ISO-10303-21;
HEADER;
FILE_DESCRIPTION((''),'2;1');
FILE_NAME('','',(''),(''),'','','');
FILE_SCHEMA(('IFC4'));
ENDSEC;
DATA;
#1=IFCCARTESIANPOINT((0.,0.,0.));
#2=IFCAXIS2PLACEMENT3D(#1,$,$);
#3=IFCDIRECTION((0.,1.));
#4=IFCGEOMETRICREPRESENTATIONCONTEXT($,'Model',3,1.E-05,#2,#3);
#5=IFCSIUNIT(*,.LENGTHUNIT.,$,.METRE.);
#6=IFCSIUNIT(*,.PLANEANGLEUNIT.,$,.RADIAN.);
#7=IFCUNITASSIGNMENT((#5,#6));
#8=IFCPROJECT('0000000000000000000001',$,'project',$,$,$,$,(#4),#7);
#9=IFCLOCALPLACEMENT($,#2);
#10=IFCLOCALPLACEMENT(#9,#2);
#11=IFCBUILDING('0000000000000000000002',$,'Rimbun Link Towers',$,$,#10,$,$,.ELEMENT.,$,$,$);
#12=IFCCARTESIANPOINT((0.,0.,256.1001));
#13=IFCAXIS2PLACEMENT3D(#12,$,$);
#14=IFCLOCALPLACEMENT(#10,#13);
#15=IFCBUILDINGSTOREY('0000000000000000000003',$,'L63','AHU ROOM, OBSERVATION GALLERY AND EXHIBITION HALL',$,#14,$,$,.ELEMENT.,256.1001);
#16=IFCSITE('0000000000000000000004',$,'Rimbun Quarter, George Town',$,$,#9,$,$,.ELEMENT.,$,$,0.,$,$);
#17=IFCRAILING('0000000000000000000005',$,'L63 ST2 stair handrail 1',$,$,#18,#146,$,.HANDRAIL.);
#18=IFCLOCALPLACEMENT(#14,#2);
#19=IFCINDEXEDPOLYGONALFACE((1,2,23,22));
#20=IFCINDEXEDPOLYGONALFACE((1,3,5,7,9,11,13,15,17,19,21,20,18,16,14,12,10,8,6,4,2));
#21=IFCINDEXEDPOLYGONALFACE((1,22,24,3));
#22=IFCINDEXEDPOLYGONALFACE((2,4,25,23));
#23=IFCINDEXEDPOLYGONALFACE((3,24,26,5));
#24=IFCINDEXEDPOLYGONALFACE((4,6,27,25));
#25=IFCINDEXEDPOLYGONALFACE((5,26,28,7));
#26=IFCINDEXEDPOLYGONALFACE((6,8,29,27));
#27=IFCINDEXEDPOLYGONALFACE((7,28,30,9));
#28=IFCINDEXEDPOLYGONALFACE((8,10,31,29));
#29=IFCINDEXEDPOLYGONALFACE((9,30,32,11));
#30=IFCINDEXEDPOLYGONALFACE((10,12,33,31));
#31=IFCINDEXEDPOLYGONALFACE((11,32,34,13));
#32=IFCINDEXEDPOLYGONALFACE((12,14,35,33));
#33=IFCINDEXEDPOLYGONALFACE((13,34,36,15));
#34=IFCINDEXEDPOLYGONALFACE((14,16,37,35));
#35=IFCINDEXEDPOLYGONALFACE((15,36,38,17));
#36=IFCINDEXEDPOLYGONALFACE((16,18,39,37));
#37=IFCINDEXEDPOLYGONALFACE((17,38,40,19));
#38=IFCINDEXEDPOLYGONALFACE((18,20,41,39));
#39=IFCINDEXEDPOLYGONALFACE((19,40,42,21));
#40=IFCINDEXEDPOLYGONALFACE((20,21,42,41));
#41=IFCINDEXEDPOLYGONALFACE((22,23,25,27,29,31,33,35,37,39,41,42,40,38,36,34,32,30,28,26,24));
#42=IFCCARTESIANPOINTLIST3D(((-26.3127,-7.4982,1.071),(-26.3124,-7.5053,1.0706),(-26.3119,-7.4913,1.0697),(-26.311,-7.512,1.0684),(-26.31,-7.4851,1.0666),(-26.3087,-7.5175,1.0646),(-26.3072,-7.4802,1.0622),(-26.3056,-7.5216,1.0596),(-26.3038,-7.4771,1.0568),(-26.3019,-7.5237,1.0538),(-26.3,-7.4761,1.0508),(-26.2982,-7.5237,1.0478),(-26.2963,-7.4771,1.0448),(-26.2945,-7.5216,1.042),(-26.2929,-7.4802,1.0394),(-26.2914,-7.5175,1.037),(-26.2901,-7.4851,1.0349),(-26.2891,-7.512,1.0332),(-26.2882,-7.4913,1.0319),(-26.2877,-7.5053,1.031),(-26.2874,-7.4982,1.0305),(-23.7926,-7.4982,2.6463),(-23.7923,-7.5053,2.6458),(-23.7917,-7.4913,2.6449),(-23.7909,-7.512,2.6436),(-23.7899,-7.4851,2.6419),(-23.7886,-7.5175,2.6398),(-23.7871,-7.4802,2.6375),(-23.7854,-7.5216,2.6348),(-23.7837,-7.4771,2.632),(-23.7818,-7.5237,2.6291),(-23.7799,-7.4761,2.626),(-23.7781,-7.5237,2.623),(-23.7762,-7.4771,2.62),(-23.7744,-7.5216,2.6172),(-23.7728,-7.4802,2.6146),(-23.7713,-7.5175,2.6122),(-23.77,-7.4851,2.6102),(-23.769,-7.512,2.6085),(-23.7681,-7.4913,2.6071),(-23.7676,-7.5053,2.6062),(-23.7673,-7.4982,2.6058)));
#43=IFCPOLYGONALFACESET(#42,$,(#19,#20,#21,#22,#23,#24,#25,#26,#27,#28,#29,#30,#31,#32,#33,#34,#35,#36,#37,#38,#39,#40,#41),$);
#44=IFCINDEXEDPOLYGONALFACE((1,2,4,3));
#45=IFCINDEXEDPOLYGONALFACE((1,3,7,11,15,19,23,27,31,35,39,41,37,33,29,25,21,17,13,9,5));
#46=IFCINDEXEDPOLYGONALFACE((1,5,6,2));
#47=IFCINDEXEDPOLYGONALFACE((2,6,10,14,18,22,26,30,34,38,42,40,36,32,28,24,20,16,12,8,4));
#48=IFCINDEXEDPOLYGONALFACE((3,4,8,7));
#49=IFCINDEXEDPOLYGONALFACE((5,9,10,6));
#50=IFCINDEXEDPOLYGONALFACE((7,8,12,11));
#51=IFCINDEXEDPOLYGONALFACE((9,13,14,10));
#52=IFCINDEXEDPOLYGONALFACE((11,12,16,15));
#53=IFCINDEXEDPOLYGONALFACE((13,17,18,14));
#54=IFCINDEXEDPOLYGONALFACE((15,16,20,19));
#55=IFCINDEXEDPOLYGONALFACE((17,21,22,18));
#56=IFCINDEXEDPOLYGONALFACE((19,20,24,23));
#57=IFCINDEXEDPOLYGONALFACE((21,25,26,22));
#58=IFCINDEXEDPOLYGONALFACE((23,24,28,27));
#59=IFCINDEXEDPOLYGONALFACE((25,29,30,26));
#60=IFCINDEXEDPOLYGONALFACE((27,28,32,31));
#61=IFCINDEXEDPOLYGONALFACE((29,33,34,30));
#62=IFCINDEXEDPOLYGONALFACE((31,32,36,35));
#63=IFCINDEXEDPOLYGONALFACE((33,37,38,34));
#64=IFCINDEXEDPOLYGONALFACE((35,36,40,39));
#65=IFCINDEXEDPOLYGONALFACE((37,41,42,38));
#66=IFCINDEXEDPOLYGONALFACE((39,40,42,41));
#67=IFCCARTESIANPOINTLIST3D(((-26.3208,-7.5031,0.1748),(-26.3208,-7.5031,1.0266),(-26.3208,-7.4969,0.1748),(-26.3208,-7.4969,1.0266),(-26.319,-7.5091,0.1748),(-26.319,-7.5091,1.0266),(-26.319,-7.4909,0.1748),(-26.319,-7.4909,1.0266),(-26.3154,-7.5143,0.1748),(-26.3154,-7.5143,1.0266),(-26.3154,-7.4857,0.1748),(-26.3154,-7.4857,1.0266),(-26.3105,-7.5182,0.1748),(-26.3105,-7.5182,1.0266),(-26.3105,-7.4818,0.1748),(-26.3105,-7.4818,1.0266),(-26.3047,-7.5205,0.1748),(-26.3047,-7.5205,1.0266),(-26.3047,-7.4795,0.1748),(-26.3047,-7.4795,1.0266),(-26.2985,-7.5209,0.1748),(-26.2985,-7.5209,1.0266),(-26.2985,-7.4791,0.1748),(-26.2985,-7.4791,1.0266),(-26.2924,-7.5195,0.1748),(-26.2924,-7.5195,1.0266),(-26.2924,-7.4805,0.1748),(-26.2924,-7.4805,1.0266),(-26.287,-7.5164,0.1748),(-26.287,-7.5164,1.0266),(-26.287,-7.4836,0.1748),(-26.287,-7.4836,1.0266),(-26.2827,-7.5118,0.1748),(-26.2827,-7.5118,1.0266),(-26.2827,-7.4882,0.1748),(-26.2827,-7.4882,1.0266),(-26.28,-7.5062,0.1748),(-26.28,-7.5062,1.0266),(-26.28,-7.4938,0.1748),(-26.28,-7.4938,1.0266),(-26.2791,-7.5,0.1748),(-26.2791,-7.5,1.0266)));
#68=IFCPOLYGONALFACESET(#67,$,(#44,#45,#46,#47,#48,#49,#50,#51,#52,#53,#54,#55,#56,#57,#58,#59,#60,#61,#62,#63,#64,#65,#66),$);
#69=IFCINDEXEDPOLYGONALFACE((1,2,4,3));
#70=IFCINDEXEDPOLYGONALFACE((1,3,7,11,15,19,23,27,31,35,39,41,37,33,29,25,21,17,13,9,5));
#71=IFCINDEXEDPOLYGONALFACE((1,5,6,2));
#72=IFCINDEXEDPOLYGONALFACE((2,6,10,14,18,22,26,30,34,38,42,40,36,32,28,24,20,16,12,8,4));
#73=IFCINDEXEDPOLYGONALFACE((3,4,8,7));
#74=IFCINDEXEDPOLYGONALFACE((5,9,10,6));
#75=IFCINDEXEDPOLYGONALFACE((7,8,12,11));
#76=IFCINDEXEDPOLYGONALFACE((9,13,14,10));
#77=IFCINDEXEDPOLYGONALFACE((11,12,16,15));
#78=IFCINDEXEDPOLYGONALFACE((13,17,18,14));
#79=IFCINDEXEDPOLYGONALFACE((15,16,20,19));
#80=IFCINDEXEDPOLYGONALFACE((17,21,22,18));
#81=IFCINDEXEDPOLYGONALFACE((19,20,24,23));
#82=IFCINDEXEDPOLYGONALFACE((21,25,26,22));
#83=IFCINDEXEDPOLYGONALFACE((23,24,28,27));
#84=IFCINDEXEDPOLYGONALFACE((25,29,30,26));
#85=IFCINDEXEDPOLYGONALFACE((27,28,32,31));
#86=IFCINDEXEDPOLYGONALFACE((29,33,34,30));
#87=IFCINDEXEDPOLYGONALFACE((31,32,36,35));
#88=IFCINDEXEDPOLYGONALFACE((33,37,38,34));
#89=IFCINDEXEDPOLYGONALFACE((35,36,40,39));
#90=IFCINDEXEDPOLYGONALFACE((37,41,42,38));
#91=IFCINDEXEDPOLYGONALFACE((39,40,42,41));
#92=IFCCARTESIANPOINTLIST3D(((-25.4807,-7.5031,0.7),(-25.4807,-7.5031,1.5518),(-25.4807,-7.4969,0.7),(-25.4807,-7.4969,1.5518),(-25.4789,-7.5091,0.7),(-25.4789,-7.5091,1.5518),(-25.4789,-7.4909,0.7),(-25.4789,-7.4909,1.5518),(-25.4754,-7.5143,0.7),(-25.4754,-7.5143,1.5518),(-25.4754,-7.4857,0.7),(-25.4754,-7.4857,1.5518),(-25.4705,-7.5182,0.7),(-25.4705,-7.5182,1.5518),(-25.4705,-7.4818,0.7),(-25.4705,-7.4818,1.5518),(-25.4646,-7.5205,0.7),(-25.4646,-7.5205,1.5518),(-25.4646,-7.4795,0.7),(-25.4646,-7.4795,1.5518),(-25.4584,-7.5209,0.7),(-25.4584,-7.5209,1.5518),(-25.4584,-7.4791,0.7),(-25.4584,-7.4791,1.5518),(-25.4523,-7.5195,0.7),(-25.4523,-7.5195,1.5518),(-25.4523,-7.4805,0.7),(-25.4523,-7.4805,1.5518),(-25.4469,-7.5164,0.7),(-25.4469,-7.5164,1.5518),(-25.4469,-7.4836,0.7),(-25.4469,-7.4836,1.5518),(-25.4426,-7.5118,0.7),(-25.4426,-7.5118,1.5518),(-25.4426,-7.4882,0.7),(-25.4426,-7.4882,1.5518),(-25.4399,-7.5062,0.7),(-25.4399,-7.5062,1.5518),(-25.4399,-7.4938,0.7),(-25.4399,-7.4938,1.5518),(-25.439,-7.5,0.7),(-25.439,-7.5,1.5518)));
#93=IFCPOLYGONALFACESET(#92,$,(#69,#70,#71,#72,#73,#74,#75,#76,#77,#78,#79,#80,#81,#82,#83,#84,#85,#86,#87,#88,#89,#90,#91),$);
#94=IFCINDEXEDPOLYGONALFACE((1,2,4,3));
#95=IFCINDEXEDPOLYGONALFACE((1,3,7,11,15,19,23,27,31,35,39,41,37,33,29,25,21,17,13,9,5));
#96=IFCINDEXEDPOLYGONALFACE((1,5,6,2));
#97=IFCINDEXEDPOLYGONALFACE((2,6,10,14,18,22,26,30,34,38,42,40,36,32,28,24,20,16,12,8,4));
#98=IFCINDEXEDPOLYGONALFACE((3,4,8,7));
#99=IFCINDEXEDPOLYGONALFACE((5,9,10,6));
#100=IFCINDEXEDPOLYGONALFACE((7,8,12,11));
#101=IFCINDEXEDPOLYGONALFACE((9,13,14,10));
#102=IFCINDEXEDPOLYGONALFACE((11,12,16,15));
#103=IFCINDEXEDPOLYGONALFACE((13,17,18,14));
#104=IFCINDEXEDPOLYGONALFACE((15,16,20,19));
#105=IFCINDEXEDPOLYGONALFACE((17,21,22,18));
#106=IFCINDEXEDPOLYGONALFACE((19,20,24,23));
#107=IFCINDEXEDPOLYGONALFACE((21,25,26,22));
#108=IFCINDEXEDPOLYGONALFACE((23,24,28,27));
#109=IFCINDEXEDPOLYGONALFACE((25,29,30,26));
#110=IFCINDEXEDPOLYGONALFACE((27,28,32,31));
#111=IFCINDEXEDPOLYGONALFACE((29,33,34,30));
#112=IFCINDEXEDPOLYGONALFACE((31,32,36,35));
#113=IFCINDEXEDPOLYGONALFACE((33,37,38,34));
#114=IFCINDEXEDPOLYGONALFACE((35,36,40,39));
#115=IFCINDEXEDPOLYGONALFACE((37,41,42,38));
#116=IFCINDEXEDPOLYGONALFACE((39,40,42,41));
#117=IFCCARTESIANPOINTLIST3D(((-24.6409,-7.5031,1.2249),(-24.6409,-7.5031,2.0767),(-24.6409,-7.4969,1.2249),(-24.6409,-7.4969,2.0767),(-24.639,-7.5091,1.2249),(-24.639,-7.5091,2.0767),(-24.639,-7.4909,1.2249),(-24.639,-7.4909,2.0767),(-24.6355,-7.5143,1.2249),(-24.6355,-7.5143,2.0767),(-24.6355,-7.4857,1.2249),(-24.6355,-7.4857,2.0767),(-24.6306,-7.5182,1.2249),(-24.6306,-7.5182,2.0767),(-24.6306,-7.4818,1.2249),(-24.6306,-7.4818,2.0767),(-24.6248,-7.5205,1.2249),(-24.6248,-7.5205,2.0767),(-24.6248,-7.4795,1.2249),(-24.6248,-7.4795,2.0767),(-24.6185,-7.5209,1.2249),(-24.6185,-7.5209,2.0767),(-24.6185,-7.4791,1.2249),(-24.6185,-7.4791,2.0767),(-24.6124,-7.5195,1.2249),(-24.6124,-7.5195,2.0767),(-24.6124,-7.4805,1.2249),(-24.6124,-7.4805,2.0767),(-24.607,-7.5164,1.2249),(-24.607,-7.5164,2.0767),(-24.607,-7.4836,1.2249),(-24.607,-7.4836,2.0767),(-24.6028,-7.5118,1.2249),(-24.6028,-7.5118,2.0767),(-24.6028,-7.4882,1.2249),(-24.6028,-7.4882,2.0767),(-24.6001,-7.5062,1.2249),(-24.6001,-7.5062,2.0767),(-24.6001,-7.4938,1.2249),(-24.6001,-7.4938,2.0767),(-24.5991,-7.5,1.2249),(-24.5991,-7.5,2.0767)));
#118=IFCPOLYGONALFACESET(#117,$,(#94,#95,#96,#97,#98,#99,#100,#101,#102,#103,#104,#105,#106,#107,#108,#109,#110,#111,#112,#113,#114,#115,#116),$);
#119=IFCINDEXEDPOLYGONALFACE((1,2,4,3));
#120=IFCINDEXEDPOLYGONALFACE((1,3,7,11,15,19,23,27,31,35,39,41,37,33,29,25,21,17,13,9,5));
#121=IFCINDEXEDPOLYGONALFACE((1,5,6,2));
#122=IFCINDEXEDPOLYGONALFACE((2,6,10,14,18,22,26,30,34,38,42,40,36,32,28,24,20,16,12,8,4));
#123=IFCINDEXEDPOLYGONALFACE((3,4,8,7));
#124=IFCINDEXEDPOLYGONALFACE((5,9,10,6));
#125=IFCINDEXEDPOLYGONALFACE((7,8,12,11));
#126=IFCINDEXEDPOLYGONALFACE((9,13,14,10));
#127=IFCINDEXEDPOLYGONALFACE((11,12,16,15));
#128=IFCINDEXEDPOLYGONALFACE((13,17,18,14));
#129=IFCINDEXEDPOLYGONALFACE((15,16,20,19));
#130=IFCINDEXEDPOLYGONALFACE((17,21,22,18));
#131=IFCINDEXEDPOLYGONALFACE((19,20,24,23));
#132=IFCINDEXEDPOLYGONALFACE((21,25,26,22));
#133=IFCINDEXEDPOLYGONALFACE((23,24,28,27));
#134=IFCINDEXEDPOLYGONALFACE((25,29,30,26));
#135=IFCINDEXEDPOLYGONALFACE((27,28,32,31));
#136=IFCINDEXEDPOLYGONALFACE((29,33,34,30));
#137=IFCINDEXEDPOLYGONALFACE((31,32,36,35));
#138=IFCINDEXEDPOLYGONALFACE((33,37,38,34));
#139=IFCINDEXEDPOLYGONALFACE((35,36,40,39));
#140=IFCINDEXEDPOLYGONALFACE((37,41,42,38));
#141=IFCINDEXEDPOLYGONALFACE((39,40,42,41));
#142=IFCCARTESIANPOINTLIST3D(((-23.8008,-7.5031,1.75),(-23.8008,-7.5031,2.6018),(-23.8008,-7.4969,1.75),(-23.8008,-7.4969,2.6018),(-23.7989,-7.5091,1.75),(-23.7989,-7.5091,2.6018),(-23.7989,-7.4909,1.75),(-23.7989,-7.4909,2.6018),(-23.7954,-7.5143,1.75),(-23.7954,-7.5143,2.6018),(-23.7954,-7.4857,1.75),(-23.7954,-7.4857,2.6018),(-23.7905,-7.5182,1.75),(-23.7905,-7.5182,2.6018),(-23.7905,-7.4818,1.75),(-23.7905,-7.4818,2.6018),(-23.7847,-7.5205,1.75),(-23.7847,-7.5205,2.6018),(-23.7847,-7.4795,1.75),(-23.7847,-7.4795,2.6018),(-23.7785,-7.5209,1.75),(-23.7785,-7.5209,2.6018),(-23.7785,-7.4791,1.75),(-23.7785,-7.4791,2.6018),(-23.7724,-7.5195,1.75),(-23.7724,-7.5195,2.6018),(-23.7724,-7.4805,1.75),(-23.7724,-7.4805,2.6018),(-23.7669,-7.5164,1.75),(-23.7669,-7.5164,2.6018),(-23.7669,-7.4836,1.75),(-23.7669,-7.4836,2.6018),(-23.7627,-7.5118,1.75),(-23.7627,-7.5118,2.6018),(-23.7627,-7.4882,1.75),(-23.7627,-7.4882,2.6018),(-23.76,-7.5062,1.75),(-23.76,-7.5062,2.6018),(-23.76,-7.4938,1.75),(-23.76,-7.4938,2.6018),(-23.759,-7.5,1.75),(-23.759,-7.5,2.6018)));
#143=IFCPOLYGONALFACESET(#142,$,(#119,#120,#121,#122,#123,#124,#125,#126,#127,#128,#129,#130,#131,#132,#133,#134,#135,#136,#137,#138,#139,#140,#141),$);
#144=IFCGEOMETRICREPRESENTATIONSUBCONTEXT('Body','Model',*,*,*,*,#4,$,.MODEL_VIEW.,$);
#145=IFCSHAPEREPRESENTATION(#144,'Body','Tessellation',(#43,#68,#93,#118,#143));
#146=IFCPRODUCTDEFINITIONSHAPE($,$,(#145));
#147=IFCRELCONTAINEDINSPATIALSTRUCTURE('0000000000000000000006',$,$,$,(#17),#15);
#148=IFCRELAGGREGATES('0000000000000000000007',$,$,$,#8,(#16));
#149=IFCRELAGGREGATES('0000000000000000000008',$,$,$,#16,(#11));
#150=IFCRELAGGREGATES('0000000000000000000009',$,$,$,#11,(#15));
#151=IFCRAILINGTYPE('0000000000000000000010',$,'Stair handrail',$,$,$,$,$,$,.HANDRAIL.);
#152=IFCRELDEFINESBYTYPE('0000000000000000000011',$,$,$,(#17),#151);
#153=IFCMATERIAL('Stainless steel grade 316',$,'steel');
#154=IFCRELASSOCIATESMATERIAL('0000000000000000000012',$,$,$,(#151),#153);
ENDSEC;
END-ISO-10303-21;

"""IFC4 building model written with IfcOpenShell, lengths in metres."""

from ifc_helpers import new_model, si_unit, direction, frame, origin, origin_2d, place, context, subcontext, project, spatial, circle, extrude, material, type_object, element, save


model = new_model("IFC4")

# Units and contexts
model_context = context("Model", 3, precision=1e-05, world=origin(), true_north=direction((0.0, 1.0)))
body_context = subcontext(model_context, "Body", "Model", "MODEL_VIEW")
ifc_project = project(units=[si_unit("LENGTHUNIT", "METRE"), si_unit("PLANEANGLEUNIT", "RADIAN")], contexts=[model_context])

# Site, building, storey
site_placement = place(None, origin())
site = spatial("IfcSite", under=ifc_project, at=site_placement, Name="Rimbun Quarter, George Town", CompositionType="ELEMENT", RefElevation=0.0)
building_placement = place(site_placement, origin())
building = spatial("IfcBuilding", under=site, at=building_placement, Name="Rimbun Link Towers", CompositionType="ELEMENT")
storey_placement = place(building_placement, frame((0.0, 0.0, 256.1001)))
storey = spatial("IfcBuildingStorey", under=building, at=storey_placement, Name="L63", Description="AHU ROOM, OBSERVATION GALLERY AND EXHIBITION HALL", CompositionType="ELEMENT", Elevation=256.1001)

# Railing
ifc_material_1 = material(Name="Stainless steel grade 316", Category="steel")
railing_type_1 = type_object("IfcRailingType", Name="Stair handrail", PredefinedType="HANDRAIL", material=ifc_material_1)
railing_1_placement = place(storey_placement, frame((-26.3, -7.5, 0.1748)))
element("IfcRailing", 1, at=railing_1_placement, inside=storey, type_object=railing_type_1, Name="L63 ST2 stair handrail 1", PredefinedType="HANDRAIL", context=body_context, shape_type="SweptSolid", body=[
    extrude(circle(Radius=0.0239, at=origin_2d()), frame((0.0, 0.0, 0.876), z_axis=(0.847971, 0.0, 0.530043), x_axis=(0.0, 1.0, 0.0)), (0.0, 0.0, 1.0), 2.9719),
    extrude(circle(Radius=0.021, at=origin_2d()), origin(), (0.0, 0.0, 1.0), 0.8518),
    extrude(circle(Radius=0.021, at=origin_2d()), frame((0.8401, 0.0, 0.5251)), (0.0, 0.0, 1.0), 0.8518),
    extrude(circle(Radius=0.021, at=origin_2d()), frame((1.6799, 0.0, 1.05)), (0.0, 0.0, 1.0), 0.8518),
    extrude(circle(Radius=0.021, at=origin_2d()), frame((2.52, 0.0, 1.5752)), (0.0, 0.0, 1.0), 0.8518),
])

save(model, "model.ifc")
